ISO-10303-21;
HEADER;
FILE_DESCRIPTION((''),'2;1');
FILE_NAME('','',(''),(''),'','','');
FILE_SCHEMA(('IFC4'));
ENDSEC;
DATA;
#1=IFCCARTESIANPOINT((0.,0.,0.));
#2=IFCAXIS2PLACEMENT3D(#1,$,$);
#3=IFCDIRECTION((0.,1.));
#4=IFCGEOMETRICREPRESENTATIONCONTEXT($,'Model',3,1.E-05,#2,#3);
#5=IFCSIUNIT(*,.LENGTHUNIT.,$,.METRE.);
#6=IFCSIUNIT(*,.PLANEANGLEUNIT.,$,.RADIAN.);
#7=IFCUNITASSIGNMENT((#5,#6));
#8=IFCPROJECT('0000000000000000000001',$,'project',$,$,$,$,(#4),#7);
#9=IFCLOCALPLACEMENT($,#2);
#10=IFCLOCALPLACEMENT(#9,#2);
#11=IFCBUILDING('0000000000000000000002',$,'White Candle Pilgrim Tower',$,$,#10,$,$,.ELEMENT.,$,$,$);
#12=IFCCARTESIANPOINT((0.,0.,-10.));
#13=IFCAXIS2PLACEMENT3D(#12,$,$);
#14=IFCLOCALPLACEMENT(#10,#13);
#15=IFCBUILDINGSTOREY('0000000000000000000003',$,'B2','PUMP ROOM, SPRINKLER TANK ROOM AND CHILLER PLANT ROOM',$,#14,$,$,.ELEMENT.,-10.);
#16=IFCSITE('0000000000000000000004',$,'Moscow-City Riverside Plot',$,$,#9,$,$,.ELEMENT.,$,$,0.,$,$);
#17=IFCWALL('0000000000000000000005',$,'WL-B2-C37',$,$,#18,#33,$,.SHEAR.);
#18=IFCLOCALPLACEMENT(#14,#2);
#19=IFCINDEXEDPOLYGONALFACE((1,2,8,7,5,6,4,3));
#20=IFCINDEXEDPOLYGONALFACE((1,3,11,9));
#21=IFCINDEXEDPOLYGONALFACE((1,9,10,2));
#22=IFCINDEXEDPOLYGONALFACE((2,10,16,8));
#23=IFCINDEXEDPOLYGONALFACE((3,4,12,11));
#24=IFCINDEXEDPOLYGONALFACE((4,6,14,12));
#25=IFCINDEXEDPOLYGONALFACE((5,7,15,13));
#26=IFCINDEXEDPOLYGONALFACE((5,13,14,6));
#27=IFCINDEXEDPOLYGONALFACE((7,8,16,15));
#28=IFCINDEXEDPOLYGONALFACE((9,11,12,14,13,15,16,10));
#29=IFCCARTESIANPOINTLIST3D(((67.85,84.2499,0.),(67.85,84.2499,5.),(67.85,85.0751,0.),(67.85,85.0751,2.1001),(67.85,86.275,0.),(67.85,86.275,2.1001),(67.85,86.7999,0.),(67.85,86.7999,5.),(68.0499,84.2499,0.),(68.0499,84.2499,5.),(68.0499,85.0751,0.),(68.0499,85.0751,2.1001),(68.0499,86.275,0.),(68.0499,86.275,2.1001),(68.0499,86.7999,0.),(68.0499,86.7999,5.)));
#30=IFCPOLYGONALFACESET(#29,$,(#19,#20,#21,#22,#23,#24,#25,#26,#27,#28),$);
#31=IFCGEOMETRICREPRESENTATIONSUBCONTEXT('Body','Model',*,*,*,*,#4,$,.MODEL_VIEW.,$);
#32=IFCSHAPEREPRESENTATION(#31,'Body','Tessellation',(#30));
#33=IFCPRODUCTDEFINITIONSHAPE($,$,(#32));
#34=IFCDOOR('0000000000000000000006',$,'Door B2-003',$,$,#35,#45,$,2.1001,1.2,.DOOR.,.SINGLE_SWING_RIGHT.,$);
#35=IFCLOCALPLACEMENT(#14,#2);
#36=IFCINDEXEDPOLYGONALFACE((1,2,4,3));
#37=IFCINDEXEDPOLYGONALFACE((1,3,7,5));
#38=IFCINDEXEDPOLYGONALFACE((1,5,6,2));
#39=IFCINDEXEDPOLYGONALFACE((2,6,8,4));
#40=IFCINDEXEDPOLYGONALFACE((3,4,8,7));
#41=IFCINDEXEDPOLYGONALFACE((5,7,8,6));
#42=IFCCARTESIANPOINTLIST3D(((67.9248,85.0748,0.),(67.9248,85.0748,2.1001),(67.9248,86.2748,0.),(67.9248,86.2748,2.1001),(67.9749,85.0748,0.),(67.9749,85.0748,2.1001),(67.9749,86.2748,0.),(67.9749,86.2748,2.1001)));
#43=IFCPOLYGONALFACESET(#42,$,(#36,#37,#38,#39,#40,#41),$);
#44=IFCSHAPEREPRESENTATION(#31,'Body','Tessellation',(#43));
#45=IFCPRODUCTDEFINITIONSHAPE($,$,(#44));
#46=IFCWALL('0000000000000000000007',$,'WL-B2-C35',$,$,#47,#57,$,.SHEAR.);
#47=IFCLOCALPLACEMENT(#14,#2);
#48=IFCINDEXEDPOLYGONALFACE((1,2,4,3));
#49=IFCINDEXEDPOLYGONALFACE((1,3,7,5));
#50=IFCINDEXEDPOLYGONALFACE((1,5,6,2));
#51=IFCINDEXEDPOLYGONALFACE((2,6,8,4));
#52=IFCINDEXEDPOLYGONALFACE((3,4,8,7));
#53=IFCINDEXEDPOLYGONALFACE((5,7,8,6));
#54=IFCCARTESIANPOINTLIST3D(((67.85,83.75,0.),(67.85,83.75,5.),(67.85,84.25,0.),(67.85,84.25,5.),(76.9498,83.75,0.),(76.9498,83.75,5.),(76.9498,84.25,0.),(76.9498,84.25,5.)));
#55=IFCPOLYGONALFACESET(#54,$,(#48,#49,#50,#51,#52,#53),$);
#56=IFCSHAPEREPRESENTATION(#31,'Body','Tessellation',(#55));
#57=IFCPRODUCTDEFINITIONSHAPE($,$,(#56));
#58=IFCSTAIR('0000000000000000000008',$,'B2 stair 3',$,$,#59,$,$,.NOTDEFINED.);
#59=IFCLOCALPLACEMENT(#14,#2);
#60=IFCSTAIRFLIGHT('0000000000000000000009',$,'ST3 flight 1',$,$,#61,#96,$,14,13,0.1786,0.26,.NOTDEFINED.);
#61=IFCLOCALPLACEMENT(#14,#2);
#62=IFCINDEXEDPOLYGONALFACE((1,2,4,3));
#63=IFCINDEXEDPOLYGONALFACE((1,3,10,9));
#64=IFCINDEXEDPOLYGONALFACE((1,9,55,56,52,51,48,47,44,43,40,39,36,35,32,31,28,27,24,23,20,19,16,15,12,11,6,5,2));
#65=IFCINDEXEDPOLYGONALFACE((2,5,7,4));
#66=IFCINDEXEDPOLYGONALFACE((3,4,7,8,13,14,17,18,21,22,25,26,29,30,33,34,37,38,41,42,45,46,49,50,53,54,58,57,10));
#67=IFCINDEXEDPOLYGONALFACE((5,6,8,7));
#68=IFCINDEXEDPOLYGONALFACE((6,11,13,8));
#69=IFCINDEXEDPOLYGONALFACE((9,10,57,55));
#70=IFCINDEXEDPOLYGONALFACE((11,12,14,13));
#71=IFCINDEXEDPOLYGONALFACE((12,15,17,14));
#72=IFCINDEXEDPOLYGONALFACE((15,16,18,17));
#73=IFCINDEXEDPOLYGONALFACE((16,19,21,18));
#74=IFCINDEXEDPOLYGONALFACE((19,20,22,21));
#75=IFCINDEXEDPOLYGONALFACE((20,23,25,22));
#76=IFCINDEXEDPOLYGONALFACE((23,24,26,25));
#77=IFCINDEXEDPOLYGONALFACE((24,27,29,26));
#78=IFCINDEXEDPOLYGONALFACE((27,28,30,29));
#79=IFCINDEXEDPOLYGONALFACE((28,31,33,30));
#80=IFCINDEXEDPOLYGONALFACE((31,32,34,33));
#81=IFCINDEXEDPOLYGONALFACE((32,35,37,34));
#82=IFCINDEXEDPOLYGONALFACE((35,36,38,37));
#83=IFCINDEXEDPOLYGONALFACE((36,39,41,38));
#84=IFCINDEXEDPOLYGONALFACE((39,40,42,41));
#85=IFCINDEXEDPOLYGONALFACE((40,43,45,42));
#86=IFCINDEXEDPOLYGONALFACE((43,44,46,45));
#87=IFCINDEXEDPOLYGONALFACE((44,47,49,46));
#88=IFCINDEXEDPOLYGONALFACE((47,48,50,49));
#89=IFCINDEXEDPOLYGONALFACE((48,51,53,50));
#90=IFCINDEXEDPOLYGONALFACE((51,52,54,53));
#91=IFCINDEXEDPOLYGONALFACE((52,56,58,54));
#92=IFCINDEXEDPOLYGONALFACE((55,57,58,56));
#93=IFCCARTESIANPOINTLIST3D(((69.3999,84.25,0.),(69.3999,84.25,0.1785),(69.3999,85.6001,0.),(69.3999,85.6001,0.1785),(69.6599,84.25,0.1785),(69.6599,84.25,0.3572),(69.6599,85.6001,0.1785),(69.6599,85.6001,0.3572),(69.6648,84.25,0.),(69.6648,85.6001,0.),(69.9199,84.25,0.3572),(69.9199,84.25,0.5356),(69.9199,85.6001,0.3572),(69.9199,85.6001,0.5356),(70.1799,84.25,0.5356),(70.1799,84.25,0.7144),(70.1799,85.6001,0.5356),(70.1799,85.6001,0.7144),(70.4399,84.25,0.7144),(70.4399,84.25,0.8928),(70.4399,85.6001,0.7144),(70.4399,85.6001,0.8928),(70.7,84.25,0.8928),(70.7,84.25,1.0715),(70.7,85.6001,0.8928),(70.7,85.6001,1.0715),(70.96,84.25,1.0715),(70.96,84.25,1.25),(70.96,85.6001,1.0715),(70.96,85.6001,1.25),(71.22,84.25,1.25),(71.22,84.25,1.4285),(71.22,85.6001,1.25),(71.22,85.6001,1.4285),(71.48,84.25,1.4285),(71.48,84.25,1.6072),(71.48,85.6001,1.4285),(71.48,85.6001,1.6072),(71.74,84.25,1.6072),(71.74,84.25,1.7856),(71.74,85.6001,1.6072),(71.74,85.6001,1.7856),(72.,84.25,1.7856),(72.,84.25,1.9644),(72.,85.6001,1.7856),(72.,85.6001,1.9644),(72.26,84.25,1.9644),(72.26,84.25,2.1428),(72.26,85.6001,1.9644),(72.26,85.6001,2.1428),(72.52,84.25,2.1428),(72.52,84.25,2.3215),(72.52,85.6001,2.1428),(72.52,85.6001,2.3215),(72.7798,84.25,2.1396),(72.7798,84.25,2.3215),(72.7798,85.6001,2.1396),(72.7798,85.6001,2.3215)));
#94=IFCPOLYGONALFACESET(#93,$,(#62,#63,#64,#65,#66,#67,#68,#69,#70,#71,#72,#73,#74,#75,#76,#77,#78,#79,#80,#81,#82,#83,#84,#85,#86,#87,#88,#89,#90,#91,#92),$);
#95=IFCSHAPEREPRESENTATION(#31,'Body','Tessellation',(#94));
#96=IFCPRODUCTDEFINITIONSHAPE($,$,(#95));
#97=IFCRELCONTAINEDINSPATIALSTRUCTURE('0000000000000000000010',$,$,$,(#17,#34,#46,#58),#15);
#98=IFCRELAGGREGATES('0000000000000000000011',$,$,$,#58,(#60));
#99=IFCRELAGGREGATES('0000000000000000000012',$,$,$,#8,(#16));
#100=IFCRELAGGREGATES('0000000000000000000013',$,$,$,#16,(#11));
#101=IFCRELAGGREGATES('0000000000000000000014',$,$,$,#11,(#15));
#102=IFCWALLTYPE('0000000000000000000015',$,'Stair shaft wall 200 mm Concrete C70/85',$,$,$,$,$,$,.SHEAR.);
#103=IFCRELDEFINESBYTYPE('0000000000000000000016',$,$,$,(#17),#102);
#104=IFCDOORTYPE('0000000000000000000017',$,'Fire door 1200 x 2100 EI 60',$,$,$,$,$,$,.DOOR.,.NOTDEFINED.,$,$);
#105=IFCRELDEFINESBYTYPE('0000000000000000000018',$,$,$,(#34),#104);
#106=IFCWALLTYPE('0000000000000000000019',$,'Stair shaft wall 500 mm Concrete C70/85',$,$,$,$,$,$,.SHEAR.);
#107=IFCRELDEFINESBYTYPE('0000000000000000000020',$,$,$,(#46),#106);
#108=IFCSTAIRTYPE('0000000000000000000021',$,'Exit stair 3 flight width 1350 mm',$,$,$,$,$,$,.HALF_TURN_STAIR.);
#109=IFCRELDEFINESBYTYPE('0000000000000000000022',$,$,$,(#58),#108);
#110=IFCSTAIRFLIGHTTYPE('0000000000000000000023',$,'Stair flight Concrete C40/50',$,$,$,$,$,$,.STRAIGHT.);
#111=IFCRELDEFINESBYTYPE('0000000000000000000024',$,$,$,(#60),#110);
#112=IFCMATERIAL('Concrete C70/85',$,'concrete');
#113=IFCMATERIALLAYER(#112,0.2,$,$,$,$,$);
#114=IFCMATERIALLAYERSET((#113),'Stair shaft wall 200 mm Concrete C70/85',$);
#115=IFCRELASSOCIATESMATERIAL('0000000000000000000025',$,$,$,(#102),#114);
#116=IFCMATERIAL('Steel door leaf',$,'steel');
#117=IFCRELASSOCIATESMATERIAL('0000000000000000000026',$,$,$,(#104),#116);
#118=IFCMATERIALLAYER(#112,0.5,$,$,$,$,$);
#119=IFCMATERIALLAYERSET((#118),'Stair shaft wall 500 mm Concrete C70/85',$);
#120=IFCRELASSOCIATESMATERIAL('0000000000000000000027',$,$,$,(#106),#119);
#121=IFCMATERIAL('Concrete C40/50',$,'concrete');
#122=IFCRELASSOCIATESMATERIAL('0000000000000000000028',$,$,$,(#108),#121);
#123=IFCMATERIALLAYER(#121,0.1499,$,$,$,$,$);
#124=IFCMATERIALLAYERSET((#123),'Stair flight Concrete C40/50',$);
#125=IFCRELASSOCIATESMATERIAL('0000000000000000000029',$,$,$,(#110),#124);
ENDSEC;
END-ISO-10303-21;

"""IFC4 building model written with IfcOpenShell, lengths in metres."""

from ifc_helpers import new_model, si_unit, direction, frame, frame_2d, origin, place, context, subcontext, project, spatial, polyline, rectangle, outline, extrude, material, layer, layer_set, type_object, element, fill, aggregate, save


model = new_model("IFC4")

# Units and contexts
model_context = context("Model", 3, precision=1e-05, world=origin(), true_north=direction((0.0, 1.0)))
body_context = subcontext(model_context, "Body", "Model", "MODEL_VIEW")
ifc_project = project(units=[si_unit("LENGTHUNIT", "METRE"), si_unit("PLANEANGLEUNIT", "RADIAN")], contexts=[model_context])

# Site, building, storey
site_placement = place(None, origin())
site = spatial("IfcSite", under=ifc_project, at=site_placement, Name="Moscow-City Riverside Plot", CompositionType="ELEMENT", RefElevation=0.0)
building_placement = place(site_placement, origin())
building = spatial("IfcBuilding", under=site, at=building_placement, Name="White Candle Pilgrim Tower", CompositionType="ELEMENT")
storey_placement = place(building_placement, frame((0.0, 0.0, -10.0)))
storey = spatial("IfcBuildingStorey", under=building, at=storey_placement, Name="B2", Description="PUMP ROOM, SPRINKLER TANK ROOM AND CHILLER PLANT ROOM", CompositionType="ELEMENT", Elevation=-10.0)

# Shared definitions
ifc_material_1 = material(Name="Concrete C40/50", Category="concrete")

# Shared definitions
ifc_material_2 = material(Name="Concrete C70/85", Category="concrete")

# Shared definitions
ifc_layer_1 = layer(ifc_material_2, 0.2)
ifc_layer_set_1 = layer_set([ifc_layer_1], Name="Stair shaft wall 200 mm Concrete C70/85")
wall_type_1 = type_object("IfcWallType", Name="Stair shaft wall 200 mm Concrete C70/85", PredefinedType="SHEAR", material=ifc_layer_set_1)
ifc_material_3 = material(Name="Steel door leaf", Category="steel")

# Wall, opening, door
wall_1_placement = place(storey_placement, frame((67.95, 84.25, 0.0), z_axis=(0.0, 0.0, 1.0), x_axis=(0.0, 1.0, 0.0)))
wall_1 = element("IfcWall", 1, at=wall_1_placement, inside=storey, type_object=wall_type_1, Name="WL-B2-C37", PredefinedType="SHEAR", context=body_context, shape_type="SweptSolid", body=[
    extrude(rectangle(XDim=2.55, YDim=0.2, at=frame_2d((1.2749, 0.0))), origin(), (0.0, 0.0, 1.0), 5.0),
])
opening_1_placement = place(wall_1_placement, frame((0.825, 0.0, 0.0)))
opening_1 = element("IfcOpeningElement", 2, at=opening_1_placement, cuts=wall_1, PredefinedType="OPENING", context=body_context, shape_type="SweptSolid", body=[
    extrude(rectangle(XDim=1.2, YDim=2.1001, at=frame_2d((0.6001, 1.05))), frame((0.0, 0.1099, 0.0), z_axis=(0.0, -1.0, 0.0), x_axis=(1.0, 0.0, 0.0)), (0.0, 0.0, 1.0), 0.22),
])
door_type_1 = type_object("IfcDoorType", Name="Fire door 1200 x 2100 EI 60", OperationType="NOTDEFINED", PredefinedType="DOOR", material=ifc_material_3)
door_1_placement = place(opening_1_placement, frame((1.2, 0.0, 0.0), z_axis=(0.0, 0.0, 1.0), x_axis=(-1.0, 0.0, 0.0)))
door_1 = element("IfcDoor", 3, at=door_1_placement, inside=storey, type_object=door_type_1, Name="Door B2-003", OperationType="SINGLE_SWING_RIGHT", OverallHeight=2.1001, OverallWidth=1.2, PredefinedType="DOOR", context=body_context, shape_type="SweptSolid", body=[
    extrude(rectangle(XDim=1.2, YDim=2.1001, at=frame_2d((0.6001, 1.05))), frame((0.0, 0.0249, 0.0), z_axis=(0.0, -1.0, 0.0), x_axis=(1.0, 0.0, 0.0)), (0.0, 0.0, 1.0), 0.05),
])
fill(opening_1, door_1)

# Wall
ifc_layer_2 = layer(ifc_material_2, 0.5)
ifc_layer_set_2 = layer_set([ifc_layer_2], Name="Stair shaft wall 500 mm Concrete C70/85")
wall_type_2 = type_object("IfcWallType", Name="Stair shaft wall 500 mm Concrete C70/85", PredefinedType="SHEAR", material=ifc_layer_set_2)
wall_2_placement = place(storey_placement, frame((67.8501, 84.0, 0.0), z_axis=(0.0, 0.0, 1.0), x_axis=(1.0, 0.0, 0.0)))
element("IfcWall", 4, at=wall_2_placement, inside=storey, type_object=wall_type_2, Name="WL-B2-C35", PredefinedType="SHEAR", context=body_context, shape_type="SweptSolid", body=[
    extrude(rectangle(XDim=9.0999, YDim=0.5, at=frame_2d((4.5498, 0.0))), origin(), (0.0, 0.0, 1.0), 5.0),
])

# Stair, stair flight
stair_type = type_object("IfcStairType", Name="Exit stair 3 flight width 1350 mm", PredefinedType="HALF_TURN_STAIR", material=ifc_material_1)
stair_placement = place(storey_placement, origin())
stair = element("IfcStair", 5, at=stair_placement, inside=storey, type_object=stair_type, Name="B2 stair 3", PredefinedType="NOTDEFINED")
ifc_layer_3 = layer(ifc_material_1, 0.1499)
ifc_layer_set_3 = layer_set([ifc_layer_3], Name="Stair flight Concrete C40/50")
stair_flight_type = type_object("IfcStairFlightType", Name="Stair flight Concrete C40/50", PredefinedType="STRAIGHT", material=ifc_layer_set_3)
stair_flight_placement = place(storey_placement, frame((69.3999, 84.925, 0.0), z_axis=(0.0, 0.0, 1.0), x_axis=(1.0, 0.0, 0.0)))
stair_flight = element("IfcStairFlight", 6, at=stair_flight_placement, type_object=stair_flight_type, Name="ST3 flight 1", NumberOfRisers=14, NumberOfTreads=13, PredefinedType="NOTDEFINED", RiserHeight=0.1786, TreadLength=0.26, context=body_context, shape_type="SweptSolid", body=[
    extrude(outline(polyline([(0.0, 0.0), (0.0, 0.1785), (0.26, 0.1785), (0.26, 0.3572), (0.52, 0.3572), (0.52, 0.5356), (0.78, 0.5356), (0.78, 0.7144), (1.04, 0.7144), (1.04, 0.8928), (1.3, 0.8928), (1.3, 1.0715), (1.5601, 1.0715), (1.5601, 1.25), (1.8201, 1.25), (1.8201, 1.4285), (2.0801, 1.4285), (2.0801, 1.6072), (2.3401, 1.6072), (2.3401, 1.7856), (2.6001, 1.7856), (2.6001, 1.9644), (2.8601, 1.9644), (2.8601, 2.1428), (3.1201, 2.1428), (3.1201, 2.3215), (3.3799, 2.3215), (3.3799, 2.5), (3.3799, 2.1396), (0.2649, 0.0), (0.0, 0.0)])), frame((0.0, 0.675, 0.0), z_axis=(0.0, -1.0, 0.0), x_axis=(1.0, 0.0, 0.0)), (0.0, 0.0, 1.0), 1.3501),
])
aggregate(stair, [stair_flight])

save(model, "model.ifc")
